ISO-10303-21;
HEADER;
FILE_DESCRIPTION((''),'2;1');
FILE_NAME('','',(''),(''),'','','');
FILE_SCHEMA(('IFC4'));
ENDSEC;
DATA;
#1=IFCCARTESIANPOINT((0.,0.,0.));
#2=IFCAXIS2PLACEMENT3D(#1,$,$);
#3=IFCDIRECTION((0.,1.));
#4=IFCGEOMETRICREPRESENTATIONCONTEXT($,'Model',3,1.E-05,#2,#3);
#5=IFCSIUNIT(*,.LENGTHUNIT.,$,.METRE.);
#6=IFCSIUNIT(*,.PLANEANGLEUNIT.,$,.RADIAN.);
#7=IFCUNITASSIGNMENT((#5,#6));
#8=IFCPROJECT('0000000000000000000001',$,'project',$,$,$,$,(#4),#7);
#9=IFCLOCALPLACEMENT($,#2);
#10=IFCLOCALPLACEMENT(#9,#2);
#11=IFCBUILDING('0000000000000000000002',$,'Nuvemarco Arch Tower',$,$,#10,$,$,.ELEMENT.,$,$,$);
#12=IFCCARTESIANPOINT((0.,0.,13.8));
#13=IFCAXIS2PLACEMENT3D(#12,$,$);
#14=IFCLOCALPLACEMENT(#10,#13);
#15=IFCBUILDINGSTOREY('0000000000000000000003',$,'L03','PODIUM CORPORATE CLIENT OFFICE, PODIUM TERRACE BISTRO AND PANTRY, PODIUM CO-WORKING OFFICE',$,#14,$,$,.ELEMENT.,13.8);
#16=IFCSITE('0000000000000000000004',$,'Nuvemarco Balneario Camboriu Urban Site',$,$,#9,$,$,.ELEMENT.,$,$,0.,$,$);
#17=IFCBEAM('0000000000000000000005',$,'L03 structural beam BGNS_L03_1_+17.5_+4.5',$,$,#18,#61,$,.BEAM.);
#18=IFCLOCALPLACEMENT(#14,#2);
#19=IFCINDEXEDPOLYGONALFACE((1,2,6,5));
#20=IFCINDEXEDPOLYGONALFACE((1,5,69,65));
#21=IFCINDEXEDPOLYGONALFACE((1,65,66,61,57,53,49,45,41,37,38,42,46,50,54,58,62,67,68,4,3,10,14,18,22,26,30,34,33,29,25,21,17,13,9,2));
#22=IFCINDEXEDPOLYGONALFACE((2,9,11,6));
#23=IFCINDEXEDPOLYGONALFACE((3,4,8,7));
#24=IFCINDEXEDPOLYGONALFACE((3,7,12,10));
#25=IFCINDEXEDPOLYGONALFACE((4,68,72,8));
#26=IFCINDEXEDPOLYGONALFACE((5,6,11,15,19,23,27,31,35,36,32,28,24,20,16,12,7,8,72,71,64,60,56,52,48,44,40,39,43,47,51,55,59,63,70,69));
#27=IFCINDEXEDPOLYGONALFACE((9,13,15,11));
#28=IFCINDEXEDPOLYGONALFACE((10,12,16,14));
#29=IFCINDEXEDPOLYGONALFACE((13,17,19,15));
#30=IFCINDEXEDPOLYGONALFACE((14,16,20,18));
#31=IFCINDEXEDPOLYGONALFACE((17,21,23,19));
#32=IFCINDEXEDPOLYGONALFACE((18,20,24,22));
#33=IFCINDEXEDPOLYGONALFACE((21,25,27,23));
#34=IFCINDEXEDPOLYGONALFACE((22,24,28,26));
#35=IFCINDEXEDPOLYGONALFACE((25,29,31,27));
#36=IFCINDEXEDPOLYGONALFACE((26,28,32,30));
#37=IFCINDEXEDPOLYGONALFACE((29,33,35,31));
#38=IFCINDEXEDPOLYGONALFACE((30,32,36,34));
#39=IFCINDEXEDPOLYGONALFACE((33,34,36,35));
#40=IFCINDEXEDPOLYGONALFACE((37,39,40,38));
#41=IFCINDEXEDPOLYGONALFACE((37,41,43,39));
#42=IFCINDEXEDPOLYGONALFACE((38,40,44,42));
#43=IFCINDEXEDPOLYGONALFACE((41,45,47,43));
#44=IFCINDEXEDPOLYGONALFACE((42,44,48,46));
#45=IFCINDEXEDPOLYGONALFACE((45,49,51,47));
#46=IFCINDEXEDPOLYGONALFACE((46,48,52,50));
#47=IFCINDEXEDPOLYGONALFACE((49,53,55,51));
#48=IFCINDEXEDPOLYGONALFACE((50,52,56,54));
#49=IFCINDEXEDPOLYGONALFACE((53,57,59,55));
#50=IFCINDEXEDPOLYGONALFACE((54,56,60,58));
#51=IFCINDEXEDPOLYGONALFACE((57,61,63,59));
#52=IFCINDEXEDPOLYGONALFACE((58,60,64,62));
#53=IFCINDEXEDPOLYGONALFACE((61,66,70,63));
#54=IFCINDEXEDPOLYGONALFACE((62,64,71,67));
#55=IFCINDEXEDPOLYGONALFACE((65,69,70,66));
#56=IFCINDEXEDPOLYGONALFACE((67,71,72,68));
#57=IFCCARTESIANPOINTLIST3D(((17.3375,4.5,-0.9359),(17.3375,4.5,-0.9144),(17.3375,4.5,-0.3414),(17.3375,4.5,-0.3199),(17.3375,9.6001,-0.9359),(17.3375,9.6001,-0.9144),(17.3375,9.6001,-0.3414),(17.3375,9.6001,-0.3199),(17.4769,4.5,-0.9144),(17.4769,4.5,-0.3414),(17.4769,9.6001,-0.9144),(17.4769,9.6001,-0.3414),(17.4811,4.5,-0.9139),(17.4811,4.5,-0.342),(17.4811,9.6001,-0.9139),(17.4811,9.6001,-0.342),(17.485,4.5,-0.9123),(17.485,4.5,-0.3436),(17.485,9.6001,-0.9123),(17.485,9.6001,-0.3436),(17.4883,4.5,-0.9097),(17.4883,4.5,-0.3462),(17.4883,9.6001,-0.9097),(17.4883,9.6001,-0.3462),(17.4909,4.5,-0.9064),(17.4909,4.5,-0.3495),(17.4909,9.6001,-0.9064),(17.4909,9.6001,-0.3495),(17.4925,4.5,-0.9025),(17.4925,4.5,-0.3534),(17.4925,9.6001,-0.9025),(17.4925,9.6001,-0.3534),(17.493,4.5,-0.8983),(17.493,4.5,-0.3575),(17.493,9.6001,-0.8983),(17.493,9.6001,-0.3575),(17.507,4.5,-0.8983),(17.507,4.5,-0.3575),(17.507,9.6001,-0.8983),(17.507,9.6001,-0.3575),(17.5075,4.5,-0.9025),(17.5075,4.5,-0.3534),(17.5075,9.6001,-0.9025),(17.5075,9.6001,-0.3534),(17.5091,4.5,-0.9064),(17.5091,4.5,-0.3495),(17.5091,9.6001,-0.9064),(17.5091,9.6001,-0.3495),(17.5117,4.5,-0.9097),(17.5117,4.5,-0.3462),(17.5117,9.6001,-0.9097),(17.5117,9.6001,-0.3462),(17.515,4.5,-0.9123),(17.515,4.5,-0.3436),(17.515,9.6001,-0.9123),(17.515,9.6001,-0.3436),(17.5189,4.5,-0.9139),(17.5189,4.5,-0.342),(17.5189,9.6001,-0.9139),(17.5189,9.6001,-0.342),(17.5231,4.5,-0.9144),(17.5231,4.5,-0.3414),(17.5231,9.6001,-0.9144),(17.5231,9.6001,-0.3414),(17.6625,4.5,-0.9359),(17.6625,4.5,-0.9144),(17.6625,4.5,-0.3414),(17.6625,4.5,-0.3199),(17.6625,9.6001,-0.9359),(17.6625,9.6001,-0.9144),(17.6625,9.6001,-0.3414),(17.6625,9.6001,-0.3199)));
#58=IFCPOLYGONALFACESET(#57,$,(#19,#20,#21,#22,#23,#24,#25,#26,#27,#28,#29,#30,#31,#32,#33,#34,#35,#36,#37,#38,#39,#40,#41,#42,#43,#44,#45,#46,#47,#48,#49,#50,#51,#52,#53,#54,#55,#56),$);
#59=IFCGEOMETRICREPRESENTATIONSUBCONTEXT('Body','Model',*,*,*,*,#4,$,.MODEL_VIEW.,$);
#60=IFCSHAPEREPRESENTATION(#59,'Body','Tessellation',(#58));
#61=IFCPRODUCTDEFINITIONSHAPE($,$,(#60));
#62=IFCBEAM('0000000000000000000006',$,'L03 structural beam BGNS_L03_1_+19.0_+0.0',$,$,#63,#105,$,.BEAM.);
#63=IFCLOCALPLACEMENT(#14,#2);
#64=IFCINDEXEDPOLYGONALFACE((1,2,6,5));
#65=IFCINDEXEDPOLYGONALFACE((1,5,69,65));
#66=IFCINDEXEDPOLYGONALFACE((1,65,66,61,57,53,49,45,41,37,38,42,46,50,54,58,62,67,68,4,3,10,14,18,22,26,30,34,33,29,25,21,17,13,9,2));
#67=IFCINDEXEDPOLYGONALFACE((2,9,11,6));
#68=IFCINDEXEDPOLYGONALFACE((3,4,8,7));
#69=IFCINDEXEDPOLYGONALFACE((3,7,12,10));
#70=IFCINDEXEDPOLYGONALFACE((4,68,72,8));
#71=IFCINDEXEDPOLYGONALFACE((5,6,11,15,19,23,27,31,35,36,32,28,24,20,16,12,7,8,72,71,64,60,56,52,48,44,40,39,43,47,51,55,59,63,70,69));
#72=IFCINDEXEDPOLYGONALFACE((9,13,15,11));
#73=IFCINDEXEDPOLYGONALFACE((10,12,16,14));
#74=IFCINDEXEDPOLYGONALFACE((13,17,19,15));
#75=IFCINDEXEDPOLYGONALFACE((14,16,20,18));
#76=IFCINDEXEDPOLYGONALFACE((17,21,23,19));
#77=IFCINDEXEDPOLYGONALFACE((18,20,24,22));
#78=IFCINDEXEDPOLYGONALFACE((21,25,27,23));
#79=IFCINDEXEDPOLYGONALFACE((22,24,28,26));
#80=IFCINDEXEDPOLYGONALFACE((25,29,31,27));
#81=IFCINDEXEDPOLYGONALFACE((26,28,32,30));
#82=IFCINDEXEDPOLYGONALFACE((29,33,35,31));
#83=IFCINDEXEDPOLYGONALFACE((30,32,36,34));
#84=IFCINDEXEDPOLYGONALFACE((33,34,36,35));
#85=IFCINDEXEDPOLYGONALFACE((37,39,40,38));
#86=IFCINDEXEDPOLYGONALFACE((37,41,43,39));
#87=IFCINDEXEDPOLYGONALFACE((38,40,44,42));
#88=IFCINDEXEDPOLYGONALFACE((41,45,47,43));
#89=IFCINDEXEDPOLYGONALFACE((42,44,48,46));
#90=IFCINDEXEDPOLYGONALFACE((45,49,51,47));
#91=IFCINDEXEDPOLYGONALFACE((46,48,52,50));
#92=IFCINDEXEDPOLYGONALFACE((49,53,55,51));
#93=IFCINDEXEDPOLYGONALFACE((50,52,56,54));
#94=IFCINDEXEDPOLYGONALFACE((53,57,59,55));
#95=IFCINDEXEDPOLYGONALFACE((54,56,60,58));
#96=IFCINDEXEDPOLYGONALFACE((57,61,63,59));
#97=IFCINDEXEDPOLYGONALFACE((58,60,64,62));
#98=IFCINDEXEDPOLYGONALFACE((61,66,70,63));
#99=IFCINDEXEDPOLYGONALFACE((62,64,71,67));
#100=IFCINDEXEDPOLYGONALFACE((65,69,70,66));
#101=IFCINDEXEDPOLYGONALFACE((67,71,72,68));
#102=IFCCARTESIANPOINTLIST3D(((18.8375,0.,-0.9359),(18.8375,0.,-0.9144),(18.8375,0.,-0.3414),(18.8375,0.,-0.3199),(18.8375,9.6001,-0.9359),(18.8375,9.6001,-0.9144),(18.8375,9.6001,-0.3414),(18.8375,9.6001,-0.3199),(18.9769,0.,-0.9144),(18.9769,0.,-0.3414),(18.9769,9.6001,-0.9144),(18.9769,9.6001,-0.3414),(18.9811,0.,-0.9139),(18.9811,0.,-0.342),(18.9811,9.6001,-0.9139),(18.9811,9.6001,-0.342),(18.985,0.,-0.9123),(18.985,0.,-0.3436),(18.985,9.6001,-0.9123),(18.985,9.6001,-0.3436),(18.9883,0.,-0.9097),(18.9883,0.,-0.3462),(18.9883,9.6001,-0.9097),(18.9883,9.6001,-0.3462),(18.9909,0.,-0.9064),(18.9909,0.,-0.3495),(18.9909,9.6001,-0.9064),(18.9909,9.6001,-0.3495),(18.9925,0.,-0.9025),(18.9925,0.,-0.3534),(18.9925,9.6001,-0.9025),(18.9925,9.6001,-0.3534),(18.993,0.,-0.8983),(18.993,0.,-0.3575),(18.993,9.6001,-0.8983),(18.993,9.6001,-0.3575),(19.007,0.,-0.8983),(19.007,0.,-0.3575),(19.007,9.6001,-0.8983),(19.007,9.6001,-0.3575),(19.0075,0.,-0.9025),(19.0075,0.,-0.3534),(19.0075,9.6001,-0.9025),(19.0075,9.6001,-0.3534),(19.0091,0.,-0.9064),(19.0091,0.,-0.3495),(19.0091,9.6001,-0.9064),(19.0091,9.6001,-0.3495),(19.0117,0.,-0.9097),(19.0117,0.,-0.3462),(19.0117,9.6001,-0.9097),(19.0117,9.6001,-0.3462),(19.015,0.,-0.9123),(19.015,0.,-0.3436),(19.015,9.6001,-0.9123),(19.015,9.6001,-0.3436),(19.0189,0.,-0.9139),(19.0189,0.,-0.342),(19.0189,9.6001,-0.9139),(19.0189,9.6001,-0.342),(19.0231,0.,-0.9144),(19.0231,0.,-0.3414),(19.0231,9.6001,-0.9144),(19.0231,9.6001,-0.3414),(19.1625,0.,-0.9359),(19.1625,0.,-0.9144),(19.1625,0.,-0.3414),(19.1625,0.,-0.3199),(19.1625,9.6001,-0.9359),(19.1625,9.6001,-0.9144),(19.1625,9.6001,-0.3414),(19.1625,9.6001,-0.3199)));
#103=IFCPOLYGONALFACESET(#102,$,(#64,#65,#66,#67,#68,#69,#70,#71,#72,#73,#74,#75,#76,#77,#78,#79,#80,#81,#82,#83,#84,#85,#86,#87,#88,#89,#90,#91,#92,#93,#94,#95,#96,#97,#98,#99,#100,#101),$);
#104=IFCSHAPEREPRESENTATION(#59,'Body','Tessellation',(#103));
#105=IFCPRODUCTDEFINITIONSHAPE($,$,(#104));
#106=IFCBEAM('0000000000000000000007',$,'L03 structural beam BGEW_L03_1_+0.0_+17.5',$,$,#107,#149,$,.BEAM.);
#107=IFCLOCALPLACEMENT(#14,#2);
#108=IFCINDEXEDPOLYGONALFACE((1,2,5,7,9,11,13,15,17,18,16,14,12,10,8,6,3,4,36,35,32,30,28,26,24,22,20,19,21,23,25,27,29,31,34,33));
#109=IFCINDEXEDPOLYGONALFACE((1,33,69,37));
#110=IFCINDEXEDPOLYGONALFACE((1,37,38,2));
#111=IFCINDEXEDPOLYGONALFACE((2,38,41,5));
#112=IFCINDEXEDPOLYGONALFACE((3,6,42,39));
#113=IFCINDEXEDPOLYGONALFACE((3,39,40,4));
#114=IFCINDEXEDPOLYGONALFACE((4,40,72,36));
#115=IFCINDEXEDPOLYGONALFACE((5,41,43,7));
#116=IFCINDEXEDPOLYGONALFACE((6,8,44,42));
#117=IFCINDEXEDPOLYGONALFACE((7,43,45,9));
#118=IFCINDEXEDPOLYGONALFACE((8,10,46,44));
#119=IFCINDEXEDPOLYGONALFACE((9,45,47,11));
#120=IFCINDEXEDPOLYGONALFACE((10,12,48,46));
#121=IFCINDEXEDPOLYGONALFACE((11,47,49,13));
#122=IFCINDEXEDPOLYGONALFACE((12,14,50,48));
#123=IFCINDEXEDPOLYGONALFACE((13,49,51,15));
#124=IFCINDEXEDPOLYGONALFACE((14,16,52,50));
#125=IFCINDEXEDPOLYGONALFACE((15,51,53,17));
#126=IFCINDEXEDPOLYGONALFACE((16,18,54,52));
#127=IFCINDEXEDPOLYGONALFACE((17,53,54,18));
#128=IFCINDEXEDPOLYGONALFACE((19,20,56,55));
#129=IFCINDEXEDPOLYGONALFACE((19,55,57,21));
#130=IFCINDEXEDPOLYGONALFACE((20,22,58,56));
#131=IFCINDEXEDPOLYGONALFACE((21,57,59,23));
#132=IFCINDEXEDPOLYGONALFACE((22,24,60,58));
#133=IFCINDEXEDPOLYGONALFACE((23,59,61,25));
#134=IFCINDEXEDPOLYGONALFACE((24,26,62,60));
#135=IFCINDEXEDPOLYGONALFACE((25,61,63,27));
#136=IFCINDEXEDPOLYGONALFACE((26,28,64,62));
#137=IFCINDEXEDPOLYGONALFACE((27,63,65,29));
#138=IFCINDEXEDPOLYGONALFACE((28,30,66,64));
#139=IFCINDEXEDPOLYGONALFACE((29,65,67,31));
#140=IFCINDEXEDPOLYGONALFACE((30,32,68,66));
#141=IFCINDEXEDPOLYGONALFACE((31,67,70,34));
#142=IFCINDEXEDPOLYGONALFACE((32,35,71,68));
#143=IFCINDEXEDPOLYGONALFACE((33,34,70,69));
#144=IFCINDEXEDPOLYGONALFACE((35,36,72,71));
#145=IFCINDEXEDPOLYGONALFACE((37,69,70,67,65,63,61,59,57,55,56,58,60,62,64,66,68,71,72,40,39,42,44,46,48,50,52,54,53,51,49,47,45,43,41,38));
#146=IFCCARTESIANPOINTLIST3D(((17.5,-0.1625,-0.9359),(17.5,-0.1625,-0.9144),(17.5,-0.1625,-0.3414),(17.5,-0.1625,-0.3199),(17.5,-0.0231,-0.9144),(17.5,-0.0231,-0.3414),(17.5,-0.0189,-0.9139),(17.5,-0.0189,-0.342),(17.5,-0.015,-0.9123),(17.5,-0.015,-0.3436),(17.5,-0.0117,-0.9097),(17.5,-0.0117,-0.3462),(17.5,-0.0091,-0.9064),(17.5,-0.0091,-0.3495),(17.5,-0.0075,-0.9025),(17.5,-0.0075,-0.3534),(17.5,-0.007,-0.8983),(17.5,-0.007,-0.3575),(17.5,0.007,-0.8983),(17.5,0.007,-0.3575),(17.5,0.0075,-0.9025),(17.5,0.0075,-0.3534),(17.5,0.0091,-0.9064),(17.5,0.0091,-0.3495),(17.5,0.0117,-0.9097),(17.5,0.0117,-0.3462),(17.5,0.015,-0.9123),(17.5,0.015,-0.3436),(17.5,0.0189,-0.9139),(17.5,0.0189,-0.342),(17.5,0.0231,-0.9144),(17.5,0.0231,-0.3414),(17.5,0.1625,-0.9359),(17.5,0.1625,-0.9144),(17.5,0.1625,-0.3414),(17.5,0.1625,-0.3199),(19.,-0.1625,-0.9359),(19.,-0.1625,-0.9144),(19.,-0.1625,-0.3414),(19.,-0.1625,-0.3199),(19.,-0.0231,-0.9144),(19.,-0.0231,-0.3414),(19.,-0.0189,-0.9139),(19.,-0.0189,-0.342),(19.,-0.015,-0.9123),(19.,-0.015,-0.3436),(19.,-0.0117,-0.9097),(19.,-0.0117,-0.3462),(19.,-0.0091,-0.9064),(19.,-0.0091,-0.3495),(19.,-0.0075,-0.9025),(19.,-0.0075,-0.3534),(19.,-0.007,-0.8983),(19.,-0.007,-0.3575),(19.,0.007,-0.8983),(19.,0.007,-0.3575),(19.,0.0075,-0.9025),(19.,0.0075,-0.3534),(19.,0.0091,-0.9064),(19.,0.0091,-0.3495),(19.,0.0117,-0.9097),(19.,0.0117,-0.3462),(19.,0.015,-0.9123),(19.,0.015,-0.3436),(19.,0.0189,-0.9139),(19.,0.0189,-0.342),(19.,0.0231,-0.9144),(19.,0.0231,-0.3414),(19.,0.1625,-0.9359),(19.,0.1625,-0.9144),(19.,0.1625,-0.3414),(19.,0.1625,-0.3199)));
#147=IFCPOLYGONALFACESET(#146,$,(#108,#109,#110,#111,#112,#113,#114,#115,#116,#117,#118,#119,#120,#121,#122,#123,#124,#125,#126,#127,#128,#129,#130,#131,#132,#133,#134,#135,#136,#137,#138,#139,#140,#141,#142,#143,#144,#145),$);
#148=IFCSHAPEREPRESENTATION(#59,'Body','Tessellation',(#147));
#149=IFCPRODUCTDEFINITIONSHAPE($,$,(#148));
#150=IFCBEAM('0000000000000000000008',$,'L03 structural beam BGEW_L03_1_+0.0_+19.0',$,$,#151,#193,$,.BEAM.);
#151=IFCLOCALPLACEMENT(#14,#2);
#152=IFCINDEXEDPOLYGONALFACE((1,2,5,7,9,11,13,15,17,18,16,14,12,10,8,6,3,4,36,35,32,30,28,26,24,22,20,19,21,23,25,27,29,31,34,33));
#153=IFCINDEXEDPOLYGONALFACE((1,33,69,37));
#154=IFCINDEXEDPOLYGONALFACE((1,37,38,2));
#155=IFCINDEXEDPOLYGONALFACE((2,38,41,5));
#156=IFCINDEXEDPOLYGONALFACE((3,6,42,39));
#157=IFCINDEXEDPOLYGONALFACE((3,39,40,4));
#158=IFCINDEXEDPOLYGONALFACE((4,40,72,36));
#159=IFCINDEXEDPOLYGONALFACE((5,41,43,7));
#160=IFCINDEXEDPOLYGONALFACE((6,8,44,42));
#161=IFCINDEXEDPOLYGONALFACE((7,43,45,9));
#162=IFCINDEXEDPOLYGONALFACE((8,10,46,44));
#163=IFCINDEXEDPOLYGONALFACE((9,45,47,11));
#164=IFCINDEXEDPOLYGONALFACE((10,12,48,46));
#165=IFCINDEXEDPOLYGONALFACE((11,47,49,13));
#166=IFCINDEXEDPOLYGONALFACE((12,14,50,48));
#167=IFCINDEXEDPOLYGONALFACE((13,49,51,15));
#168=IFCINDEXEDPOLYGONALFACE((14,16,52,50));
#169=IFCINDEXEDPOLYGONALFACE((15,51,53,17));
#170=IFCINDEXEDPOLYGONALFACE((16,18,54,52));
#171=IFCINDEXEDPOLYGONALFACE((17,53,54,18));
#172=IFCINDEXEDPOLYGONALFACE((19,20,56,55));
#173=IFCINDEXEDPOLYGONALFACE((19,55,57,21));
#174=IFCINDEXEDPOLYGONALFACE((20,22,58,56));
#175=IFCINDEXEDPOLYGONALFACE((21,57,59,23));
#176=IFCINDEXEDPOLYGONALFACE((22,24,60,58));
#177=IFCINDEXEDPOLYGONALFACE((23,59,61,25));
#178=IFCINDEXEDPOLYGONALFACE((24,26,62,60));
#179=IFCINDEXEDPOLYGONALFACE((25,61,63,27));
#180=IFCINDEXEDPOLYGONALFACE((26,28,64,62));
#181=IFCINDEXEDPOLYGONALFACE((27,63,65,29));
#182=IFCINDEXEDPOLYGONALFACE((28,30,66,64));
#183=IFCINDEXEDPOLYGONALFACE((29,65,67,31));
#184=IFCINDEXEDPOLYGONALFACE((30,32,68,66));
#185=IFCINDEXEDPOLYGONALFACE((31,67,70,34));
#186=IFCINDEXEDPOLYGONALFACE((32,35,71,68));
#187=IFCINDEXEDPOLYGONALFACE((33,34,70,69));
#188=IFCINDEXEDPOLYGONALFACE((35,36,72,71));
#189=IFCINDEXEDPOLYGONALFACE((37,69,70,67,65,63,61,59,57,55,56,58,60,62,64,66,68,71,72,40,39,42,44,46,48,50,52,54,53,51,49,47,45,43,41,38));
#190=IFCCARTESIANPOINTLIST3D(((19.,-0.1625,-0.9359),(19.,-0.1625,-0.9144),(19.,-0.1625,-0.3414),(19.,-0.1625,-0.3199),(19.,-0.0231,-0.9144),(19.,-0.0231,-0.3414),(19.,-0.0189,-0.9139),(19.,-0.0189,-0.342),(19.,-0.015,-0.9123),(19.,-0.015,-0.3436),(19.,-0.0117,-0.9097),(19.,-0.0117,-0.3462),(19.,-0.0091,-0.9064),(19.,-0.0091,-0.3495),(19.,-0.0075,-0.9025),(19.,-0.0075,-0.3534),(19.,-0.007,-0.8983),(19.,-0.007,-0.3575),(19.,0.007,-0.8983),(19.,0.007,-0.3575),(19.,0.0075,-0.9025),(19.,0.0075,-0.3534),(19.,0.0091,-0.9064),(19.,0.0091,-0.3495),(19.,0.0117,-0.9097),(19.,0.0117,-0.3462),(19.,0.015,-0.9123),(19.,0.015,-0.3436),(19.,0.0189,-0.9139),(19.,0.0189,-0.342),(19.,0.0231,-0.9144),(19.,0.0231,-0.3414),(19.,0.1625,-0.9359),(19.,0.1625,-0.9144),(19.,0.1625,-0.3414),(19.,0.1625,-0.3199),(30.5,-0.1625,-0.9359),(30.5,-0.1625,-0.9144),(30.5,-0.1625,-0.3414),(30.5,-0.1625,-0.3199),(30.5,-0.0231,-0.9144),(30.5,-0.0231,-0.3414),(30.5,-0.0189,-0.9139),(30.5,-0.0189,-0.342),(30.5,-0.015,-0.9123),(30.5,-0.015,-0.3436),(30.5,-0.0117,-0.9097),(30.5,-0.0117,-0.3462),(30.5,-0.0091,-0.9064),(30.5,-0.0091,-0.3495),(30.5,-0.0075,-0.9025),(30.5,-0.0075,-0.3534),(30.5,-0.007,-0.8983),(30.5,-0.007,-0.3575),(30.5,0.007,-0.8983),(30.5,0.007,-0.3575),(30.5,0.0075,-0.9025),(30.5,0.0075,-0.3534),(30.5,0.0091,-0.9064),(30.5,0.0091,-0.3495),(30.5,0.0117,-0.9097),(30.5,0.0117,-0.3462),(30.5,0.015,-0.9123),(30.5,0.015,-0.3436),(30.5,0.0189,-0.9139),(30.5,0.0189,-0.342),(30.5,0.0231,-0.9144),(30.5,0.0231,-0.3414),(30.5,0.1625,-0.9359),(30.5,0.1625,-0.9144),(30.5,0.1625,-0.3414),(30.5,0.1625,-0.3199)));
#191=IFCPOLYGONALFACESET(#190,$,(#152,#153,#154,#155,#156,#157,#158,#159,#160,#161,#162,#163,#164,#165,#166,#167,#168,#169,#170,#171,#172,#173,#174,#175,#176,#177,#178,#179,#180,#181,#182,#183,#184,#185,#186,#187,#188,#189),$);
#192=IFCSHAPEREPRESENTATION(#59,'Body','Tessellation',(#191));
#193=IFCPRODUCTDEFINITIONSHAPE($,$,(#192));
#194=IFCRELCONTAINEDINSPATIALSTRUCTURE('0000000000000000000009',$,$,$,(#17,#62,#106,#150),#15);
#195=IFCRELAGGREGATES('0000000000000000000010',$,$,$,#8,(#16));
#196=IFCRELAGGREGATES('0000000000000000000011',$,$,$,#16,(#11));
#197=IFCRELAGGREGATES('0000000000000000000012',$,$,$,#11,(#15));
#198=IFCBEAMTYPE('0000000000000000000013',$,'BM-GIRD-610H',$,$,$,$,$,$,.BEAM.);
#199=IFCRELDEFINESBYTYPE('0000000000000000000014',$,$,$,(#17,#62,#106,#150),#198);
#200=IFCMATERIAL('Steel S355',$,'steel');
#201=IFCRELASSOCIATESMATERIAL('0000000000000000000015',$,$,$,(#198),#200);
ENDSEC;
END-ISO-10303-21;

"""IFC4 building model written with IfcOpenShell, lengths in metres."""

from ifc_helpers import new_model, si_unit, direction, frame, origin, origin_2d, place, context, subcontext, project, spatial, i_section, extrude, material, material_profile, profile_set, type_object, element, save


model = new_model("IFC4")

# Units and contexts
model_context = context("Model", 3, precision=1e-05, world=origin(), true_north=direction((0.0, 1.0)))
body_context = subcontext(model_context, "Body", "Model", "MODEL_VIEW")
ifc_project = project(units=[si_unit("LENGTHUNIT", "METRE"), si_unit("PLANEANGLEUNIT", "RADIAN")], contexts=[model_context])

# Site, building, storey
site_placement = place(None, origin())
site = spatial("IfcSite", under=ifc_project, at=site_placement, Name="Nuvemarco Balneario Camboriu Urban Site", CompositionType="ELEMENT", RefElevation=0.0)
building_placement = place(site_placement, origin())
building = spatial("IfcBuilding", under=site, at=building_placement, Name="Nuvemarco Arch Tower", CompositionType="ELEMENT")
storey_placement = place(building_placement, frame((0.0, 0.0, 13.8)))
storey = spatial("IfcBuildingStorey", under=building, at=storey_placement, Name="L03", Description="PODIUM CORPORATE CLIENT OFFICE, PODIUM TERRACE BISTRO AND PANTRY, PODIUM CO-WORKING OFFICE", CompositionType="ELEMENT", Elevation=13.8)

# Beams
ifc_material_1 = material(Name="Steel S355", Category="steel")
ifc_material_profile_1 = material_profile(ifc_material_1, i_section(OverallWidth=0.325, OverallDepth=0.616, WebThickness=0.0139, FlangeThickness=0.0215, FilletRadius=0.0161, at=origin_2d()), Name="W610x174")
ifc_profile_set_1 = profile_set([ifc_material_profile_1], Name="Steel S355")
beam_type_1 = type_object("IfcBeamType", Name="BM-GIRD-610H", PredefinedType="BEAM", material=ifc_profile_set_1)
beam_1_placement = place(storey_placement, frame((17.5, 4.5, -0.6279), z_axis=(0.0, 1.0, 0.0), x_axis=(-1.0, 0.0, 0.0)))
element("IfcBeam", 1, at=beam_1_placement, inside=storey, type_object=beam_type_1, Name="L03 structural beam BGNS_L03_1_+17.5_+4.5", PredefinedType="BEAM", context=body_context, shape_type="SweptSolid", body=[
    extrude(i_section(OverallWidth=0.325, OverallDepth=0.616, WebThickness=0.0139, FlangeThickness=0.0215, FilletRadius=0.0161, at=origin_2d()), origin(), (0.0, 0.0, 1.0), 5.1001),
])
beam_2_placement = place(storey_placement, frame((19.0, 0.0, -0.6279), z_axis=(0.0, 1.0, 0.0), x_axis=(-1.0, 0.0, 0.0)))
element("IfcBeam", 2, at=beam_2_placement, inside=storey, type_object=beam_type_1, Name="L03 structural beam BGNS_L03_1_+19.0_+0.0", PredefinedType="BEAM", context=body_context, shape_type="SweptSolid", body=[
    extrude(i_section(OverallWidth=0.325, OverallDepth=0.616, WebThickness=0.0139, FlangeThickness=0.0215, FilletRadius=0.0161, at=origin_2d()), origin(), (0.0, 0.0, 1.0), 9.6001),
])
beam_3_placement = place(storey_placement, frame((17.5, 0.0, -0.6279), z_axis=(1.0, 0.0, 0.0), x_axis=(0.0, 1.0, 0.0)))
element("IfcBeam", 3, at=beam_3_placement, inside=storey, type_object=beam_type_1, Name="L03 structural beam BGEW_L03_1_+0.0_+17.5", PredefinedType="BEAM", context=body_context, shape_type="SweptSolid", body=[
    extrude(i_section(OverallWidth=0.325, OverallDepth=0.616, WebThickness=0.0139, FlangeThickness=0.0215, FilletRadius=0.0161, at=origin_2d()), origin(), (0.0, 0.0, 1.0), 1.5),
])
beam_4_placement = place(storey_placement, frame((19.0, 0.0, -0.6279), z_axis=(1.0, 0.0, 0.0), x_axis=(0.0, 1.0, 0.0)))
element("IfcBeam", 4, at=beam_4_placement, inside=storey, type_object=beam_type_1, Name="L03 structural beam BGEW_L03_1_+0.0_+19.0", PredefinedType="BEAM", context=body_context, shape_type="SweptSolid", body=[
    extrude(i_section(OverallWidth=0.325, OverallDepth=0.616, WebThickness=0.0139, FlangeThickness=0.0215, FilletRadius=0.0161, at=origin_2d()), origin(), (0.0, 0.0, 1.0), 11.5),
])

save(model, "model.ifc")
